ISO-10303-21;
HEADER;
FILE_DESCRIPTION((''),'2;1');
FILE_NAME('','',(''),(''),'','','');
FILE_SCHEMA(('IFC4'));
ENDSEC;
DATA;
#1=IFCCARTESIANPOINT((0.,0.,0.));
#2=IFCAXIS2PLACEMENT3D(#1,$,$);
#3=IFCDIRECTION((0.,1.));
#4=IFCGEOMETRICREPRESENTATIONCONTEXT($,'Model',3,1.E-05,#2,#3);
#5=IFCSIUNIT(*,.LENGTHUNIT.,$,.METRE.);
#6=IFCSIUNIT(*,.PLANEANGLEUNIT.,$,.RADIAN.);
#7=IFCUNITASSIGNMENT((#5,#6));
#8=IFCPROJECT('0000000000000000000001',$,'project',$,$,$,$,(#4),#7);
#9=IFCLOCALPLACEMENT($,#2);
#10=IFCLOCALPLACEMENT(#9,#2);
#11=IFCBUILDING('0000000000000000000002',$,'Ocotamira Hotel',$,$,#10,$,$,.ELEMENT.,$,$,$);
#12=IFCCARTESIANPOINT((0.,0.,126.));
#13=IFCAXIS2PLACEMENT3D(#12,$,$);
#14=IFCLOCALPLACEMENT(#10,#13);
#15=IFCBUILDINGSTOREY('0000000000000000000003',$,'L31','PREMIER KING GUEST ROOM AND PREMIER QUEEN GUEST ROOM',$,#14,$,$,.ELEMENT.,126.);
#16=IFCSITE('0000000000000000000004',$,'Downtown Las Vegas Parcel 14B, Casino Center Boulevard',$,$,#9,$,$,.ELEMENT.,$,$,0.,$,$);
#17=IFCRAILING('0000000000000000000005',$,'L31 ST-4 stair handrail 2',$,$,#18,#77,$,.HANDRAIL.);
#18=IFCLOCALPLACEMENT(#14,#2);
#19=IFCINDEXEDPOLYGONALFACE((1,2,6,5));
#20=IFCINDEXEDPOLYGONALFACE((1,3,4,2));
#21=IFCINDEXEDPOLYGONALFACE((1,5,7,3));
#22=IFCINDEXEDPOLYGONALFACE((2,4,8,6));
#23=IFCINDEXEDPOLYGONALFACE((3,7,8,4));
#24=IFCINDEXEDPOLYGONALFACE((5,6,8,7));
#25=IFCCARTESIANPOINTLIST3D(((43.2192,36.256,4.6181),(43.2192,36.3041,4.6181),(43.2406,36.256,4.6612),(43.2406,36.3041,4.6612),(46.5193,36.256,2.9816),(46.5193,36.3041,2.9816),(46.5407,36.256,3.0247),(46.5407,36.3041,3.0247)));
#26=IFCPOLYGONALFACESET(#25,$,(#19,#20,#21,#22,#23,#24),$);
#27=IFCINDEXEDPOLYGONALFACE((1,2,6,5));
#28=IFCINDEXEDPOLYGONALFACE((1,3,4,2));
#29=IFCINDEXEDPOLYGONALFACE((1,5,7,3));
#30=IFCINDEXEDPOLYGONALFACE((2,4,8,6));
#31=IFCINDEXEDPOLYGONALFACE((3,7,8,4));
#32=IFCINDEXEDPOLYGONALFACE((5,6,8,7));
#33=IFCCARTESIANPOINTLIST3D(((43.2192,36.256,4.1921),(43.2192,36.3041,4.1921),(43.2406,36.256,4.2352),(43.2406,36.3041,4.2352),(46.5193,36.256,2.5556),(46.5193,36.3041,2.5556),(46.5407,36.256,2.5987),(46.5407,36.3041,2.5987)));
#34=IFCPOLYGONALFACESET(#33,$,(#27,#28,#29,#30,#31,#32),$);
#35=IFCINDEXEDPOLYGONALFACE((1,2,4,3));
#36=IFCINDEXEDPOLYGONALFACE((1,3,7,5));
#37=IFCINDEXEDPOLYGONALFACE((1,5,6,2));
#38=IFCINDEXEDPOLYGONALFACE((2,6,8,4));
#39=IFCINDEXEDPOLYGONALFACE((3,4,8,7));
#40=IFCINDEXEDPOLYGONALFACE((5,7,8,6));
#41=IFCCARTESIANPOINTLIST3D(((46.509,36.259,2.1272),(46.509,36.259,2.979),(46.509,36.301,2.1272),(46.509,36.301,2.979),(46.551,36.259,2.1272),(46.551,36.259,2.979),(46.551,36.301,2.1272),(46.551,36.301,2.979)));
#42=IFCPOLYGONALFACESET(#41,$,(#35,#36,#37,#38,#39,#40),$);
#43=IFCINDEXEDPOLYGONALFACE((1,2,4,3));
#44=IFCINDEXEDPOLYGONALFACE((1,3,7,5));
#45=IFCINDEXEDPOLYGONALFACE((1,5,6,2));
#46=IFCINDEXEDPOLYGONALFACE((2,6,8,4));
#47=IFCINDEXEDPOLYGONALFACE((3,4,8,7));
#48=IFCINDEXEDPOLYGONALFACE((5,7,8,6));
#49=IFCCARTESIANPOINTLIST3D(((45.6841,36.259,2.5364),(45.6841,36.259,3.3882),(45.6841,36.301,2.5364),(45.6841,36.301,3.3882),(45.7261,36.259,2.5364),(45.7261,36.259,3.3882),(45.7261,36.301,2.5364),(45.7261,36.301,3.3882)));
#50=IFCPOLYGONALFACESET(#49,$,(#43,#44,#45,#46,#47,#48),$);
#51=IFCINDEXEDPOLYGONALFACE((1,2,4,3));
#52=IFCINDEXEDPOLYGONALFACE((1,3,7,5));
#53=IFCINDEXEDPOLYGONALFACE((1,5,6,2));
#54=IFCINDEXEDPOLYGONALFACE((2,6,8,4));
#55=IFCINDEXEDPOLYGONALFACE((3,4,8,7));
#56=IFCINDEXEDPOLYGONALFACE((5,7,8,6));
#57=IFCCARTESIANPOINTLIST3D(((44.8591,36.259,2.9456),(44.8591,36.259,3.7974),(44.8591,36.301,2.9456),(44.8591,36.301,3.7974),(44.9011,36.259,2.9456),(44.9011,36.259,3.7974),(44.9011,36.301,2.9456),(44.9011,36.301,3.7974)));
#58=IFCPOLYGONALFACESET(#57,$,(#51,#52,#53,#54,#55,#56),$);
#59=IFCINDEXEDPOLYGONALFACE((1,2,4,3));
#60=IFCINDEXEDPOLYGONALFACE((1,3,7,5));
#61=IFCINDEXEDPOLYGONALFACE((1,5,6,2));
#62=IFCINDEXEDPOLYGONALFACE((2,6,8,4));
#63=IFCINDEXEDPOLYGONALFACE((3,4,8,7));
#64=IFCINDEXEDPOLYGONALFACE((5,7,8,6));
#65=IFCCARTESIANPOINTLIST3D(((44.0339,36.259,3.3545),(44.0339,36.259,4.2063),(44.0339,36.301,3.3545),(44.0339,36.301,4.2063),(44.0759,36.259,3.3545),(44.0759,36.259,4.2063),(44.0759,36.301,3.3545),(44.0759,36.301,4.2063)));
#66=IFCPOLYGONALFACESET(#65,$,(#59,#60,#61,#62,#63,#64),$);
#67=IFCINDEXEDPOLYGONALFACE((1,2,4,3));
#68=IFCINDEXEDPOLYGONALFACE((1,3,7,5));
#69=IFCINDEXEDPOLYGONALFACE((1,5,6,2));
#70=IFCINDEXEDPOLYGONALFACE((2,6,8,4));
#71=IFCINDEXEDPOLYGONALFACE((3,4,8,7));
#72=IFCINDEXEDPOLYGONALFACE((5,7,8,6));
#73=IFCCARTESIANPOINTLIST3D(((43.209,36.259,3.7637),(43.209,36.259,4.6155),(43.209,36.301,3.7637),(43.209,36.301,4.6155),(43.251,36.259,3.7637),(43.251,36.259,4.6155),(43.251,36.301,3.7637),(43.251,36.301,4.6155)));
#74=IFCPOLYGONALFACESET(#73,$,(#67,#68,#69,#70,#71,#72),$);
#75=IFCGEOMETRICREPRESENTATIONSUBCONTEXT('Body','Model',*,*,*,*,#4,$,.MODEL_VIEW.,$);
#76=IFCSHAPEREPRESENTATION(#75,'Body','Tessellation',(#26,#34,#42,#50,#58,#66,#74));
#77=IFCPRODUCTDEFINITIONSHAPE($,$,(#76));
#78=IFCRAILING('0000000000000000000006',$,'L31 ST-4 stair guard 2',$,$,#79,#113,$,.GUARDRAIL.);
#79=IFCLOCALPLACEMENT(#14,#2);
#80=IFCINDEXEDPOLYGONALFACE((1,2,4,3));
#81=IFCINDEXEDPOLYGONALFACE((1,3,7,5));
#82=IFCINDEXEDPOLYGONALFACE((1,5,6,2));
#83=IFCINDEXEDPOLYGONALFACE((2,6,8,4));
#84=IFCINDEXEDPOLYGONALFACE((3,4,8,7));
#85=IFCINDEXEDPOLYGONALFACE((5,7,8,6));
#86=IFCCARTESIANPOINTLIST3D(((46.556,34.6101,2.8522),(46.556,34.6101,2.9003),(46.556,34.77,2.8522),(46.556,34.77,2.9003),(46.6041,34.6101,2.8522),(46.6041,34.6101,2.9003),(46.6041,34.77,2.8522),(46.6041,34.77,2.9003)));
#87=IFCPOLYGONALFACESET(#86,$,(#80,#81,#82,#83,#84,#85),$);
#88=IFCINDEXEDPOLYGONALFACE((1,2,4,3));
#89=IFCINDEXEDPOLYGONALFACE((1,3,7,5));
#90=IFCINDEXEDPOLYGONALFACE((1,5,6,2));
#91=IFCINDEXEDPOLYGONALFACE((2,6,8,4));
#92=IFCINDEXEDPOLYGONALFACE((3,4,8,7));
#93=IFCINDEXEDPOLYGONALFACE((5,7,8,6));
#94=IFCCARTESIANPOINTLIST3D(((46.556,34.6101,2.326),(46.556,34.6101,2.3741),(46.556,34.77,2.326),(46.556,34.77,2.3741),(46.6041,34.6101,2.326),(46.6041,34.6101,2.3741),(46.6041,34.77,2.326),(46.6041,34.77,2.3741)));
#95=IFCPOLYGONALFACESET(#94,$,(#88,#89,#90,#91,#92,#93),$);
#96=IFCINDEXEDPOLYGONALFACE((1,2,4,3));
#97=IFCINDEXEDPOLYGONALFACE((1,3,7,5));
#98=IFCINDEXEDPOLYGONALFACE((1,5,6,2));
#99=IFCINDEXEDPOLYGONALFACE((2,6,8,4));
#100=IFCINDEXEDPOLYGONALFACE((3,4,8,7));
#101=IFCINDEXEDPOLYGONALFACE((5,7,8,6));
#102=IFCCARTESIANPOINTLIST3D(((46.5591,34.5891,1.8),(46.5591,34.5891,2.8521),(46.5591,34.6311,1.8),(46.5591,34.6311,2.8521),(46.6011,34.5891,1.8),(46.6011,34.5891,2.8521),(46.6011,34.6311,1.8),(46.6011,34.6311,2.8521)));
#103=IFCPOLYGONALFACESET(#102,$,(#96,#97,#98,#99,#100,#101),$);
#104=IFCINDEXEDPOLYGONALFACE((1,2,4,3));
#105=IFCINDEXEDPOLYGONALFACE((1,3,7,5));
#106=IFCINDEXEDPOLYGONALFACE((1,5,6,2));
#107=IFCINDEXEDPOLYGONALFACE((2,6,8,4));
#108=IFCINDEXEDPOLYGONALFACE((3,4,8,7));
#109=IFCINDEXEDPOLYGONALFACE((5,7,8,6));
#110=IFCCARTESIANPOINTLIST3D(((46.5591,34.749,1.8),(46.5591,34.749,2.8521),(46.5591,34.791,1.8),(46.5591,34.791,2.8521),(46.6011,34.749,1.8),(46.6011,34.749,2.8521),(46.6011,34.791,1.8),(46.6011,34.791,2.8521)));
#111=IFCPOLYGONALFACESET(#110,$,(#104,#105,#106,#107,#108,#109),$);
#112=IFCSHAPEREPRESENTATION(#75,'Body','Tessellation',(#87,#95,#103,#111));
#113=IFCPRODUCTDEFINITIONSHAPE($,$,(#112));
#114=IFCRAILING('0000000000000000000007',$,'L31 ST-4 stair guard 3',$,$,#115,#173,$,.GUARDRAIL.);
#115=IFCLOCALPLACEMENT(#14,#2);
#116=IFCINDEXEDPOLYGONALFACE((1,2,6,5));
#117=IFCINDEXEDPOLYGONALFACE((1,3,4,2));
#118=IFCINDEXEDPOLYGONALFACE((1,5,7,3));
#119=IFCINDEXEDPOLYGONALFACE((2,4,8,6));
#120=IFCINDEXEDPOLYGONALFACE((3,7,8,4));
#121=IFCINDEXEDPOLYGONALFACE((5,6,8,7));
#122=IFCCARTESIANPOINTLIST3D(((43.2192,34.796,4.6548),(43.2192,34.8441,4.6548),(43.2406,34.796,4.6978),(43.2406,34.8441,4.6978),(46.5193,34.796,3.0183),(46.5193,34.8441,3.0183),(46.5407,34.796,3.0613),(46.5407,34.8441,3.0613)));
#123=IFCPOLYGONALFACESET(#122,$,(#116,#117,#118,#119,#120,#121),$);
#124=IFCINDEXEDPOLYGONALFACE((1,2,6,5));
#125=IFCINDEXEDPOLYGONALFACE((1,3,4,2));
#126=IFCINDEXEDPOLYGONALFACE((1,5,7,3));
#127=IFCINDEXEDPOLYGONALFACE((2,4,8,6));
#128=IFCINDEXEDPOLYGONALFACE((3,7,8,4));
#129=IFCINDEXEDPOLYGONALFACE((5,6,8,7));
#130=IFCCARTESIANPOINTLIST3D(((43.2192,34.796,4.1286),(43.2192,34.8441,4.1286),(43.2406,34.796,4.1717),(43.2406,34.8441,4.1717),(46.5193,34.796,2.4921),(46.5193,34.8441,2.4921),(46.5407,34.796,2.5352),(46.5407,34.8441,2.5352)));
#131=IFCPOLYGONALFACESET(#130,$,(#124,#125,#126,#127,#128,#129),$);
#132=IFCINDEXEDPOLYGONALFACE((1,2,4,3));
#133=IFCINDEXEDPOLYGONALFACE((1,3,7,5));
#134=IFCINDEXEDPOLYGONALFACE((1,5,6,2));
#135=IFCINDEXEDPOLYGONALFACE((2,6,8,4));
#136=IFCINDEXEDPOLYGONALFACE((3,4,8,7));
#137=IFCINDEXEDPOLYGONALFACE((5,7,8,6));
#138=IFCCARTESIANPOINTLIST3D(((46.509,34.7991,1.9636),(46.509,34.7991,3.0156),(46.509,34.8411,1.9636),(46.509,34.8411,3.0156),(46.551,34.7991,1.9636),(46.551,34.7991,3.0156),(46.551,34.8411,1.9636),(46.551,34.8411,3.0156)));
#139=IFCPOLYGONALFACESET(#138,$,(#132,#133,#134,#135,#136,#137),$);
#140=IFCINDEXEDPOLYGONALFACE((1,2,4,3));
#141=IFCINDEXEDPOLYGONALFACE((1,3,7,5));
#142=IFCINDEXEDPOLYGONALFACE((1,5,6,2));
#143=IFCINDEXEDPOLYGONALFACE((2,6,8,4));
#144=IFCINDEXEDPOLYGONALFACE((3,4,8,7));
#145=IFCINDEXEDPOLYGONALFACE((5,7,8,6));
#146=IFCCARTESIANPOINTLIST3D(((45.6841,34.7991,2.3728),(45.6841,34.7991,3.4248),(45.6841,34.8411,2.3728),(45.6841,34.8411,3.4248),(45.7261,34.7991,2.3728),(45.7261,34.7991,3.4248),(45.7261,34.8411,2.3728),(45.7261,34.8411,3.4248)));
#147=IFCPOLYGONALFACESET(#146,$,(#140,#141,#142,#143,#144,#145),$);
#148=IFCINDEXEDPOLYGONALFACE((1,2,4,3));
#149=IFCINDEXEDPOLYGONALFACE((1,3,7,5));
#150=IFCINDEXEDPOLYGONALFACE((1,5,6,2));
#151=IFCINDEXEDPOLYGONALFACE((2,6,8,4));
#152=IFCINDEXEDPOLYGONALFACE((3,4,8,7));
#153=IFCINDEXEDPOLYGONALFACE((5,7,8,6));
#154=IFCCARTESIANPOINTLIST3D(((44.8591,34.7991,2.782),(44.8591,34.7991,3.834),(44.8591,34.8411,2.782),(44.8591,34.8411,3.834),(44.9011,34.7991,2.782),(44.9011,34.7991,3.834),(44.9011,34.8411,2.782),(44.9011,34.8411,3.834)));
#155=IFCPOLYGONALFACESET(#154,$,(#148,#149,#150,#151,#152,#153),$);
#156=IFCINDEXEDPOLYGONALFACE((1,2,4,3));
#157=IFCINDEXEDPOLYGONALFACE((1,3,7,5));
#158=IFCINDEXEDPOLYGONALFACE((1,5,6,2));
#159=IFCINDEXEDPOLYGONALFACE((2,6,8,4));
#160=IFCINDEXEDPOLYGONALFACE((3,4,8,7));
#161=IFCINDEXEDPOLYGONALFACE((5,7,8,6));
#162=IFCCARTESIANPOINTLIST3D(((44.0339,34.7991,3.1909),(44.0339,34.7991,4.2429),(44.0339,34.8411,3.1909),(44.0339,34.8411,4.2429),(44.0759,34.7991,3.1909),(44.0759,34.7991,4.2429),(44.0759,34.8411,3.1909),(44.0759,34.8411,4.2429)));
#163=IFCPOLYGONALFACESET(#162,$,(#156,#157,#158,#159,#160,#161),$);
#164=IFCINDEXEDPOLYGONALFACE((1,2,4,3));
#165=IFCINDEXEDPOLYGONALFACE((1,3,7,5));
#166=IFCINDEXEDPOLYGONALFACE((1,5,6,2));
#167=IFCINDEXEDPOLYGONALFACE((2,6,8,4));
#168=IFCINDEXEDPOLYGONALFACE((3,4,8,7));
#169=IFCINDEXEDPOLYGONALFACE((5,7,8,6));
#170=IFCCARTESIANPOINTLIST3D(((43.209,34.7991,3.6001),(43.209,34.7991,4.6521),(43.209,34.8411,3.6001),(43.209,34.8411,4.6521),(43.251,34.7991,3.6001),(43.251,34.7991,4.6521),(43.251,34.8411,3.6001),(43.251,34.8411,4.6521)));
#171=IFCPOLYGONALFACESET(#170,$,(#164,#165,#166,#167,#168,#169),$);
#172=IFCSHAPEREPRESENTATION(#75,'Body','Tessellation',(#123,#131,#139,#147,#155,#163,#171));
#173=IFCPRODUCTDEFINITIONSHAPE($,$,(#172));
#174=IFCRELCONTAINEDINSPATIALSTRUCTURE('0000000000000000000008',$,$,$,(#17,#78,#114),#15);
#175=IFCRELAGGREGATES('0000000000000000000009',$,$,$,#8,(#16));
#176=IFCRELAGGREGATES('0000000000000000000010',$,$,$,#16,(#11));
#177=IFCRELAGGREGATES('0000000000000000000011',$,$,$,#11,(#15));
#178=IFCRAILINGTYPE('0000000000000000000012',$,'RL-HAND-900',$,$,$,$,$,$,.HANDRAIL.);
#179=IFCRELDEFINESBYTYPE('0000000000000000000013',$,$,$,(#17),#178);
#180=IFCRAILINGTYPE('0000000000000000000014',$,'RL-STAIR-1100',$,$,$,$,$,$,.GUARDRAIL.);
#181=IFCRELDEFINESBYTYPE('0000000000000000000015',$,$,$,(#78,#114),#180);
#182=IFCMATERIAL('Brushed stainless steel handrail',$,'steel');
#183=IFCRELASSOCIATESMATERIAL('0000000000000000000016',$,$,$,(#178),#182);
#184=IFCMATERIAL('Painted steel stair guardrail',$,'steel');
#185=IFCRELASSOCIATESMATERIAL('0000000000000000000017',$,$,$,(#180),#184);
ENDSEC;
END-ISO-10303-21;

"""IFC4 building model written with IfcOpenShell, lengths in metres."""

from ifc_helpers import new_model, si_unit, direction, frame, origin, origin_2d, place, context, subcontext, project, spatial, rectangle, extrude, material, type_object, element, save


model = new_model("IFC4")

# Units and contexts
model_context = context("Model", 3, precision=1e-05, world=origin(), true_north=direction((0.0, 1.0)))
body_context = subcontext(model_context, "Body", "Model", "MODEL_VIEW")
ifc_project = project(units=[si_unit("LENGTHUNIT", "METRE"), si_unit("PLANEANGLEUNIT", "RADIAN")], contexts=[model_context])

# Site, building, storey
site_placement = place(None, origin())
site = spatial("IfcSite", under=ifc_project, at=site_placement, Name="Downtown Las Vegas Parcel 14B, Casino Center Boulevard", CompositionType="ELEMENT", RefElevation=0.0)
building_placement = place(site_placement, origin())
building = spatial("IfcBuilding", under=site, at=building_placement, Name="Ocotamira Hotel", CompositionType="ELEMENT")
storey_placement = place(building_placement, frame((0.0, 0.0, 126.0)))
storey = spatial("IfcBuildingStorey", under=building, at=storey_placement, Name="L31", Description="PREMIER KING GUEST ROOM AND PREMIER QUEEN GUEST ROOM", CompositionType="ELEMENT", Elevation=126.0)

# Railings
ifc_material_1 = material(Name="Brushed stainless steel handrail", Category="steel")
railing_type_1 = type_object("IfcRailingType", Name="RL-HAND-900", PredefinedType="HANDRAIL", material=ifc_material_1)
railing_1_placement = place(storey_placement, frame((46.53, 36.28, 2.1272)))
element("IfcRailing", 1, at=railing_1_placement, inside=storey, type_object=railing_type_1, Name="L31 ST-4 stair handrail 2", PredefinedType="HANDRAIL", context=body_context, shape_type="SweptSolid", body=[
    extrude(rectangle(XDim=0.0481, YDim=0.0481, at=origin_2d()), frame((0.0, 0.0, 0.876), z_axis=(-0.895894, 0.0, 0.444268), x_axis=(0.0, -1.0, 0.0)), (0.0, 0.0, 1.0), 3.6836),
    extrude(rectangle(XDim=0.0481, YDim=0.0481, at=origin_2d()), frame((0.0, 0.0, 0.45), z_axis=(-0.895894, 0.0, 0.444268), x_axis=(0.0, -1.0, 0.0)), (0.0, 0.0, 1.0), 3.6836),
    extrude(rectangle(XDim=0.042, YDim=0.042, at=origin_2d()), origin(), (0.0, 0.0, 1.0), 0.8518),
    extrude(rectangle(XDim=0.042, YDim=0.042, at=origin_2d()), frame((-0.825, 0.0, 0.4092)), (0.0, 0.0, 1.0), 0.8518),
    extrude(rectangle(XDim=0.042, YDim=0.042, at=origin_2d()), frame((-1.6499, 0.0, 0.8184)), (0.0, 0.0, 1.0), 0.8518),
    extrude(rectangle(XDim=0.042, YDim=0.042, at=origin_2d()), frame((-2.4751, 0.0, 1.2273)), (0.0, 0.0, 1.0), 0.8518),
    extrude(rectangle(XDim=0.042, YDim=0.042, at=origin_2d()), frame((-3.3, 0.0, 1.6365)), (0.0, 0.0, 1.0), 0.8518),
])
ifc_material_2 = material(Name="Painted steel stair guardrail", Category="steel")
railing_type_2 = type_object("IfcRailingType", Name="RL-STAIR-1100", PredefinedType="GUARDRAIL", material=ifc_material_2)
railing_2_placement = place(storey_placement, frame((46.5801, 34.6101, 1.8)))
element("IfcRailing", 2, at=railing_2_placement, inside=storey, type_object=railing_type_2, Name="L31 ST-4 stair guard 2", PredefinedType="GUARDRAIL", context=body_context, shape_type="SweptSolid", body=[
    extrude(rectangle(XDim=0.0481, YDim=0.0481, at=origin_2d()), frame((0.0, 0.0, 1.0762), z_axis=(0.0, 1.0, 0.0), x_axis=(-1.0, 0.0, 0.0)), (0.0, 0.0, 1.0), 0.1599),
    extrude(rectangle(XDim=0.0481, YDim=0.0481, at=origin_2d()), frame((0.0, 0.0, 0.55), z_axis=(0.0, 1.0, 0.0), x_axis=(-1.0, 0.0, 0.0)), (0.0, 0.0, 1.0), 0.1599),
    extrude(rectangle(XDim=0.042, YDim=0.042, at=origin_2d()), origin(), (0.0, 0.0, 1.0), 1.052),
    extrude(rectangle(XDim=0.042, YDim=0.042, at=origin_2d()), frame((0.0, 0.1599, 0.0)), (0.0, 0.0, 1.0), 1.052),
])
railing_3_placement = place(storey_placement, frame((46.53, 34.8201, 1.9636)))
element("IfcRailing", 3, at=railing_3_placement, inside=storey, type_object=railing_type_2, Name="L31 ST-4 stair guard 3", PredefinedType="GUARDRAIL", context=body_context, shape_type="SweptSolid", body=[
    extrude(rectangle(XDim=0.0481, YDim=0.0481, at=origin_2d()), frame((0.0, 0.0, 1.0762), z_axis=(-0.895894, 0.0, 0.444268), x_axis=(0.0, -1.0, 0.0)), (0.0, 0.0, 1.0), 3.6836),
    extrude(rectangle(XDim=0.0481, YDim=0.0481, at=origin_2d()), frame((0.0, 0.0, 0.55), z_axis=(-0.895894, 0.0, 0.444268), x_axis=(0.0, -1.0, 0.0)), (0.0, 0.0, 1.0), 3.6836),
    extrude(rectangle(XDim=0.042, YDim=0.042, at=origin_2d()), origin(), (0.0, 0.0, 1.0), 1.052),
    extrude(rectangle(XDim=0.042, YDim=0.042, at=origin_2d()), frame((-0.825, 0.0, 0.4092)), (0.0, 0.0, 1.0), 1.052),
    extrude(rectangle(XDim=0.042, YDim=0.042, at=origin_2d()), frame((-1.6499, 0.0, 0.8184)), (0.0, 0.0, 1.0), 1.052),
    extrude(rectangle(XDim=0.042, YDim=0.042, at=origin_2d()), frame((-2.4751, 0.0, 1.2273)), (0.0, 0.0, 1.0), 1.052),
    extrude(rectangle(XDim=0.042, YDim=0.042, at=origin_2d()), frame((-3.3, 0.0, 1.6365)), (0.0, 0.0, 1.0), 1.052),
])

save(model, "model.ifc")
